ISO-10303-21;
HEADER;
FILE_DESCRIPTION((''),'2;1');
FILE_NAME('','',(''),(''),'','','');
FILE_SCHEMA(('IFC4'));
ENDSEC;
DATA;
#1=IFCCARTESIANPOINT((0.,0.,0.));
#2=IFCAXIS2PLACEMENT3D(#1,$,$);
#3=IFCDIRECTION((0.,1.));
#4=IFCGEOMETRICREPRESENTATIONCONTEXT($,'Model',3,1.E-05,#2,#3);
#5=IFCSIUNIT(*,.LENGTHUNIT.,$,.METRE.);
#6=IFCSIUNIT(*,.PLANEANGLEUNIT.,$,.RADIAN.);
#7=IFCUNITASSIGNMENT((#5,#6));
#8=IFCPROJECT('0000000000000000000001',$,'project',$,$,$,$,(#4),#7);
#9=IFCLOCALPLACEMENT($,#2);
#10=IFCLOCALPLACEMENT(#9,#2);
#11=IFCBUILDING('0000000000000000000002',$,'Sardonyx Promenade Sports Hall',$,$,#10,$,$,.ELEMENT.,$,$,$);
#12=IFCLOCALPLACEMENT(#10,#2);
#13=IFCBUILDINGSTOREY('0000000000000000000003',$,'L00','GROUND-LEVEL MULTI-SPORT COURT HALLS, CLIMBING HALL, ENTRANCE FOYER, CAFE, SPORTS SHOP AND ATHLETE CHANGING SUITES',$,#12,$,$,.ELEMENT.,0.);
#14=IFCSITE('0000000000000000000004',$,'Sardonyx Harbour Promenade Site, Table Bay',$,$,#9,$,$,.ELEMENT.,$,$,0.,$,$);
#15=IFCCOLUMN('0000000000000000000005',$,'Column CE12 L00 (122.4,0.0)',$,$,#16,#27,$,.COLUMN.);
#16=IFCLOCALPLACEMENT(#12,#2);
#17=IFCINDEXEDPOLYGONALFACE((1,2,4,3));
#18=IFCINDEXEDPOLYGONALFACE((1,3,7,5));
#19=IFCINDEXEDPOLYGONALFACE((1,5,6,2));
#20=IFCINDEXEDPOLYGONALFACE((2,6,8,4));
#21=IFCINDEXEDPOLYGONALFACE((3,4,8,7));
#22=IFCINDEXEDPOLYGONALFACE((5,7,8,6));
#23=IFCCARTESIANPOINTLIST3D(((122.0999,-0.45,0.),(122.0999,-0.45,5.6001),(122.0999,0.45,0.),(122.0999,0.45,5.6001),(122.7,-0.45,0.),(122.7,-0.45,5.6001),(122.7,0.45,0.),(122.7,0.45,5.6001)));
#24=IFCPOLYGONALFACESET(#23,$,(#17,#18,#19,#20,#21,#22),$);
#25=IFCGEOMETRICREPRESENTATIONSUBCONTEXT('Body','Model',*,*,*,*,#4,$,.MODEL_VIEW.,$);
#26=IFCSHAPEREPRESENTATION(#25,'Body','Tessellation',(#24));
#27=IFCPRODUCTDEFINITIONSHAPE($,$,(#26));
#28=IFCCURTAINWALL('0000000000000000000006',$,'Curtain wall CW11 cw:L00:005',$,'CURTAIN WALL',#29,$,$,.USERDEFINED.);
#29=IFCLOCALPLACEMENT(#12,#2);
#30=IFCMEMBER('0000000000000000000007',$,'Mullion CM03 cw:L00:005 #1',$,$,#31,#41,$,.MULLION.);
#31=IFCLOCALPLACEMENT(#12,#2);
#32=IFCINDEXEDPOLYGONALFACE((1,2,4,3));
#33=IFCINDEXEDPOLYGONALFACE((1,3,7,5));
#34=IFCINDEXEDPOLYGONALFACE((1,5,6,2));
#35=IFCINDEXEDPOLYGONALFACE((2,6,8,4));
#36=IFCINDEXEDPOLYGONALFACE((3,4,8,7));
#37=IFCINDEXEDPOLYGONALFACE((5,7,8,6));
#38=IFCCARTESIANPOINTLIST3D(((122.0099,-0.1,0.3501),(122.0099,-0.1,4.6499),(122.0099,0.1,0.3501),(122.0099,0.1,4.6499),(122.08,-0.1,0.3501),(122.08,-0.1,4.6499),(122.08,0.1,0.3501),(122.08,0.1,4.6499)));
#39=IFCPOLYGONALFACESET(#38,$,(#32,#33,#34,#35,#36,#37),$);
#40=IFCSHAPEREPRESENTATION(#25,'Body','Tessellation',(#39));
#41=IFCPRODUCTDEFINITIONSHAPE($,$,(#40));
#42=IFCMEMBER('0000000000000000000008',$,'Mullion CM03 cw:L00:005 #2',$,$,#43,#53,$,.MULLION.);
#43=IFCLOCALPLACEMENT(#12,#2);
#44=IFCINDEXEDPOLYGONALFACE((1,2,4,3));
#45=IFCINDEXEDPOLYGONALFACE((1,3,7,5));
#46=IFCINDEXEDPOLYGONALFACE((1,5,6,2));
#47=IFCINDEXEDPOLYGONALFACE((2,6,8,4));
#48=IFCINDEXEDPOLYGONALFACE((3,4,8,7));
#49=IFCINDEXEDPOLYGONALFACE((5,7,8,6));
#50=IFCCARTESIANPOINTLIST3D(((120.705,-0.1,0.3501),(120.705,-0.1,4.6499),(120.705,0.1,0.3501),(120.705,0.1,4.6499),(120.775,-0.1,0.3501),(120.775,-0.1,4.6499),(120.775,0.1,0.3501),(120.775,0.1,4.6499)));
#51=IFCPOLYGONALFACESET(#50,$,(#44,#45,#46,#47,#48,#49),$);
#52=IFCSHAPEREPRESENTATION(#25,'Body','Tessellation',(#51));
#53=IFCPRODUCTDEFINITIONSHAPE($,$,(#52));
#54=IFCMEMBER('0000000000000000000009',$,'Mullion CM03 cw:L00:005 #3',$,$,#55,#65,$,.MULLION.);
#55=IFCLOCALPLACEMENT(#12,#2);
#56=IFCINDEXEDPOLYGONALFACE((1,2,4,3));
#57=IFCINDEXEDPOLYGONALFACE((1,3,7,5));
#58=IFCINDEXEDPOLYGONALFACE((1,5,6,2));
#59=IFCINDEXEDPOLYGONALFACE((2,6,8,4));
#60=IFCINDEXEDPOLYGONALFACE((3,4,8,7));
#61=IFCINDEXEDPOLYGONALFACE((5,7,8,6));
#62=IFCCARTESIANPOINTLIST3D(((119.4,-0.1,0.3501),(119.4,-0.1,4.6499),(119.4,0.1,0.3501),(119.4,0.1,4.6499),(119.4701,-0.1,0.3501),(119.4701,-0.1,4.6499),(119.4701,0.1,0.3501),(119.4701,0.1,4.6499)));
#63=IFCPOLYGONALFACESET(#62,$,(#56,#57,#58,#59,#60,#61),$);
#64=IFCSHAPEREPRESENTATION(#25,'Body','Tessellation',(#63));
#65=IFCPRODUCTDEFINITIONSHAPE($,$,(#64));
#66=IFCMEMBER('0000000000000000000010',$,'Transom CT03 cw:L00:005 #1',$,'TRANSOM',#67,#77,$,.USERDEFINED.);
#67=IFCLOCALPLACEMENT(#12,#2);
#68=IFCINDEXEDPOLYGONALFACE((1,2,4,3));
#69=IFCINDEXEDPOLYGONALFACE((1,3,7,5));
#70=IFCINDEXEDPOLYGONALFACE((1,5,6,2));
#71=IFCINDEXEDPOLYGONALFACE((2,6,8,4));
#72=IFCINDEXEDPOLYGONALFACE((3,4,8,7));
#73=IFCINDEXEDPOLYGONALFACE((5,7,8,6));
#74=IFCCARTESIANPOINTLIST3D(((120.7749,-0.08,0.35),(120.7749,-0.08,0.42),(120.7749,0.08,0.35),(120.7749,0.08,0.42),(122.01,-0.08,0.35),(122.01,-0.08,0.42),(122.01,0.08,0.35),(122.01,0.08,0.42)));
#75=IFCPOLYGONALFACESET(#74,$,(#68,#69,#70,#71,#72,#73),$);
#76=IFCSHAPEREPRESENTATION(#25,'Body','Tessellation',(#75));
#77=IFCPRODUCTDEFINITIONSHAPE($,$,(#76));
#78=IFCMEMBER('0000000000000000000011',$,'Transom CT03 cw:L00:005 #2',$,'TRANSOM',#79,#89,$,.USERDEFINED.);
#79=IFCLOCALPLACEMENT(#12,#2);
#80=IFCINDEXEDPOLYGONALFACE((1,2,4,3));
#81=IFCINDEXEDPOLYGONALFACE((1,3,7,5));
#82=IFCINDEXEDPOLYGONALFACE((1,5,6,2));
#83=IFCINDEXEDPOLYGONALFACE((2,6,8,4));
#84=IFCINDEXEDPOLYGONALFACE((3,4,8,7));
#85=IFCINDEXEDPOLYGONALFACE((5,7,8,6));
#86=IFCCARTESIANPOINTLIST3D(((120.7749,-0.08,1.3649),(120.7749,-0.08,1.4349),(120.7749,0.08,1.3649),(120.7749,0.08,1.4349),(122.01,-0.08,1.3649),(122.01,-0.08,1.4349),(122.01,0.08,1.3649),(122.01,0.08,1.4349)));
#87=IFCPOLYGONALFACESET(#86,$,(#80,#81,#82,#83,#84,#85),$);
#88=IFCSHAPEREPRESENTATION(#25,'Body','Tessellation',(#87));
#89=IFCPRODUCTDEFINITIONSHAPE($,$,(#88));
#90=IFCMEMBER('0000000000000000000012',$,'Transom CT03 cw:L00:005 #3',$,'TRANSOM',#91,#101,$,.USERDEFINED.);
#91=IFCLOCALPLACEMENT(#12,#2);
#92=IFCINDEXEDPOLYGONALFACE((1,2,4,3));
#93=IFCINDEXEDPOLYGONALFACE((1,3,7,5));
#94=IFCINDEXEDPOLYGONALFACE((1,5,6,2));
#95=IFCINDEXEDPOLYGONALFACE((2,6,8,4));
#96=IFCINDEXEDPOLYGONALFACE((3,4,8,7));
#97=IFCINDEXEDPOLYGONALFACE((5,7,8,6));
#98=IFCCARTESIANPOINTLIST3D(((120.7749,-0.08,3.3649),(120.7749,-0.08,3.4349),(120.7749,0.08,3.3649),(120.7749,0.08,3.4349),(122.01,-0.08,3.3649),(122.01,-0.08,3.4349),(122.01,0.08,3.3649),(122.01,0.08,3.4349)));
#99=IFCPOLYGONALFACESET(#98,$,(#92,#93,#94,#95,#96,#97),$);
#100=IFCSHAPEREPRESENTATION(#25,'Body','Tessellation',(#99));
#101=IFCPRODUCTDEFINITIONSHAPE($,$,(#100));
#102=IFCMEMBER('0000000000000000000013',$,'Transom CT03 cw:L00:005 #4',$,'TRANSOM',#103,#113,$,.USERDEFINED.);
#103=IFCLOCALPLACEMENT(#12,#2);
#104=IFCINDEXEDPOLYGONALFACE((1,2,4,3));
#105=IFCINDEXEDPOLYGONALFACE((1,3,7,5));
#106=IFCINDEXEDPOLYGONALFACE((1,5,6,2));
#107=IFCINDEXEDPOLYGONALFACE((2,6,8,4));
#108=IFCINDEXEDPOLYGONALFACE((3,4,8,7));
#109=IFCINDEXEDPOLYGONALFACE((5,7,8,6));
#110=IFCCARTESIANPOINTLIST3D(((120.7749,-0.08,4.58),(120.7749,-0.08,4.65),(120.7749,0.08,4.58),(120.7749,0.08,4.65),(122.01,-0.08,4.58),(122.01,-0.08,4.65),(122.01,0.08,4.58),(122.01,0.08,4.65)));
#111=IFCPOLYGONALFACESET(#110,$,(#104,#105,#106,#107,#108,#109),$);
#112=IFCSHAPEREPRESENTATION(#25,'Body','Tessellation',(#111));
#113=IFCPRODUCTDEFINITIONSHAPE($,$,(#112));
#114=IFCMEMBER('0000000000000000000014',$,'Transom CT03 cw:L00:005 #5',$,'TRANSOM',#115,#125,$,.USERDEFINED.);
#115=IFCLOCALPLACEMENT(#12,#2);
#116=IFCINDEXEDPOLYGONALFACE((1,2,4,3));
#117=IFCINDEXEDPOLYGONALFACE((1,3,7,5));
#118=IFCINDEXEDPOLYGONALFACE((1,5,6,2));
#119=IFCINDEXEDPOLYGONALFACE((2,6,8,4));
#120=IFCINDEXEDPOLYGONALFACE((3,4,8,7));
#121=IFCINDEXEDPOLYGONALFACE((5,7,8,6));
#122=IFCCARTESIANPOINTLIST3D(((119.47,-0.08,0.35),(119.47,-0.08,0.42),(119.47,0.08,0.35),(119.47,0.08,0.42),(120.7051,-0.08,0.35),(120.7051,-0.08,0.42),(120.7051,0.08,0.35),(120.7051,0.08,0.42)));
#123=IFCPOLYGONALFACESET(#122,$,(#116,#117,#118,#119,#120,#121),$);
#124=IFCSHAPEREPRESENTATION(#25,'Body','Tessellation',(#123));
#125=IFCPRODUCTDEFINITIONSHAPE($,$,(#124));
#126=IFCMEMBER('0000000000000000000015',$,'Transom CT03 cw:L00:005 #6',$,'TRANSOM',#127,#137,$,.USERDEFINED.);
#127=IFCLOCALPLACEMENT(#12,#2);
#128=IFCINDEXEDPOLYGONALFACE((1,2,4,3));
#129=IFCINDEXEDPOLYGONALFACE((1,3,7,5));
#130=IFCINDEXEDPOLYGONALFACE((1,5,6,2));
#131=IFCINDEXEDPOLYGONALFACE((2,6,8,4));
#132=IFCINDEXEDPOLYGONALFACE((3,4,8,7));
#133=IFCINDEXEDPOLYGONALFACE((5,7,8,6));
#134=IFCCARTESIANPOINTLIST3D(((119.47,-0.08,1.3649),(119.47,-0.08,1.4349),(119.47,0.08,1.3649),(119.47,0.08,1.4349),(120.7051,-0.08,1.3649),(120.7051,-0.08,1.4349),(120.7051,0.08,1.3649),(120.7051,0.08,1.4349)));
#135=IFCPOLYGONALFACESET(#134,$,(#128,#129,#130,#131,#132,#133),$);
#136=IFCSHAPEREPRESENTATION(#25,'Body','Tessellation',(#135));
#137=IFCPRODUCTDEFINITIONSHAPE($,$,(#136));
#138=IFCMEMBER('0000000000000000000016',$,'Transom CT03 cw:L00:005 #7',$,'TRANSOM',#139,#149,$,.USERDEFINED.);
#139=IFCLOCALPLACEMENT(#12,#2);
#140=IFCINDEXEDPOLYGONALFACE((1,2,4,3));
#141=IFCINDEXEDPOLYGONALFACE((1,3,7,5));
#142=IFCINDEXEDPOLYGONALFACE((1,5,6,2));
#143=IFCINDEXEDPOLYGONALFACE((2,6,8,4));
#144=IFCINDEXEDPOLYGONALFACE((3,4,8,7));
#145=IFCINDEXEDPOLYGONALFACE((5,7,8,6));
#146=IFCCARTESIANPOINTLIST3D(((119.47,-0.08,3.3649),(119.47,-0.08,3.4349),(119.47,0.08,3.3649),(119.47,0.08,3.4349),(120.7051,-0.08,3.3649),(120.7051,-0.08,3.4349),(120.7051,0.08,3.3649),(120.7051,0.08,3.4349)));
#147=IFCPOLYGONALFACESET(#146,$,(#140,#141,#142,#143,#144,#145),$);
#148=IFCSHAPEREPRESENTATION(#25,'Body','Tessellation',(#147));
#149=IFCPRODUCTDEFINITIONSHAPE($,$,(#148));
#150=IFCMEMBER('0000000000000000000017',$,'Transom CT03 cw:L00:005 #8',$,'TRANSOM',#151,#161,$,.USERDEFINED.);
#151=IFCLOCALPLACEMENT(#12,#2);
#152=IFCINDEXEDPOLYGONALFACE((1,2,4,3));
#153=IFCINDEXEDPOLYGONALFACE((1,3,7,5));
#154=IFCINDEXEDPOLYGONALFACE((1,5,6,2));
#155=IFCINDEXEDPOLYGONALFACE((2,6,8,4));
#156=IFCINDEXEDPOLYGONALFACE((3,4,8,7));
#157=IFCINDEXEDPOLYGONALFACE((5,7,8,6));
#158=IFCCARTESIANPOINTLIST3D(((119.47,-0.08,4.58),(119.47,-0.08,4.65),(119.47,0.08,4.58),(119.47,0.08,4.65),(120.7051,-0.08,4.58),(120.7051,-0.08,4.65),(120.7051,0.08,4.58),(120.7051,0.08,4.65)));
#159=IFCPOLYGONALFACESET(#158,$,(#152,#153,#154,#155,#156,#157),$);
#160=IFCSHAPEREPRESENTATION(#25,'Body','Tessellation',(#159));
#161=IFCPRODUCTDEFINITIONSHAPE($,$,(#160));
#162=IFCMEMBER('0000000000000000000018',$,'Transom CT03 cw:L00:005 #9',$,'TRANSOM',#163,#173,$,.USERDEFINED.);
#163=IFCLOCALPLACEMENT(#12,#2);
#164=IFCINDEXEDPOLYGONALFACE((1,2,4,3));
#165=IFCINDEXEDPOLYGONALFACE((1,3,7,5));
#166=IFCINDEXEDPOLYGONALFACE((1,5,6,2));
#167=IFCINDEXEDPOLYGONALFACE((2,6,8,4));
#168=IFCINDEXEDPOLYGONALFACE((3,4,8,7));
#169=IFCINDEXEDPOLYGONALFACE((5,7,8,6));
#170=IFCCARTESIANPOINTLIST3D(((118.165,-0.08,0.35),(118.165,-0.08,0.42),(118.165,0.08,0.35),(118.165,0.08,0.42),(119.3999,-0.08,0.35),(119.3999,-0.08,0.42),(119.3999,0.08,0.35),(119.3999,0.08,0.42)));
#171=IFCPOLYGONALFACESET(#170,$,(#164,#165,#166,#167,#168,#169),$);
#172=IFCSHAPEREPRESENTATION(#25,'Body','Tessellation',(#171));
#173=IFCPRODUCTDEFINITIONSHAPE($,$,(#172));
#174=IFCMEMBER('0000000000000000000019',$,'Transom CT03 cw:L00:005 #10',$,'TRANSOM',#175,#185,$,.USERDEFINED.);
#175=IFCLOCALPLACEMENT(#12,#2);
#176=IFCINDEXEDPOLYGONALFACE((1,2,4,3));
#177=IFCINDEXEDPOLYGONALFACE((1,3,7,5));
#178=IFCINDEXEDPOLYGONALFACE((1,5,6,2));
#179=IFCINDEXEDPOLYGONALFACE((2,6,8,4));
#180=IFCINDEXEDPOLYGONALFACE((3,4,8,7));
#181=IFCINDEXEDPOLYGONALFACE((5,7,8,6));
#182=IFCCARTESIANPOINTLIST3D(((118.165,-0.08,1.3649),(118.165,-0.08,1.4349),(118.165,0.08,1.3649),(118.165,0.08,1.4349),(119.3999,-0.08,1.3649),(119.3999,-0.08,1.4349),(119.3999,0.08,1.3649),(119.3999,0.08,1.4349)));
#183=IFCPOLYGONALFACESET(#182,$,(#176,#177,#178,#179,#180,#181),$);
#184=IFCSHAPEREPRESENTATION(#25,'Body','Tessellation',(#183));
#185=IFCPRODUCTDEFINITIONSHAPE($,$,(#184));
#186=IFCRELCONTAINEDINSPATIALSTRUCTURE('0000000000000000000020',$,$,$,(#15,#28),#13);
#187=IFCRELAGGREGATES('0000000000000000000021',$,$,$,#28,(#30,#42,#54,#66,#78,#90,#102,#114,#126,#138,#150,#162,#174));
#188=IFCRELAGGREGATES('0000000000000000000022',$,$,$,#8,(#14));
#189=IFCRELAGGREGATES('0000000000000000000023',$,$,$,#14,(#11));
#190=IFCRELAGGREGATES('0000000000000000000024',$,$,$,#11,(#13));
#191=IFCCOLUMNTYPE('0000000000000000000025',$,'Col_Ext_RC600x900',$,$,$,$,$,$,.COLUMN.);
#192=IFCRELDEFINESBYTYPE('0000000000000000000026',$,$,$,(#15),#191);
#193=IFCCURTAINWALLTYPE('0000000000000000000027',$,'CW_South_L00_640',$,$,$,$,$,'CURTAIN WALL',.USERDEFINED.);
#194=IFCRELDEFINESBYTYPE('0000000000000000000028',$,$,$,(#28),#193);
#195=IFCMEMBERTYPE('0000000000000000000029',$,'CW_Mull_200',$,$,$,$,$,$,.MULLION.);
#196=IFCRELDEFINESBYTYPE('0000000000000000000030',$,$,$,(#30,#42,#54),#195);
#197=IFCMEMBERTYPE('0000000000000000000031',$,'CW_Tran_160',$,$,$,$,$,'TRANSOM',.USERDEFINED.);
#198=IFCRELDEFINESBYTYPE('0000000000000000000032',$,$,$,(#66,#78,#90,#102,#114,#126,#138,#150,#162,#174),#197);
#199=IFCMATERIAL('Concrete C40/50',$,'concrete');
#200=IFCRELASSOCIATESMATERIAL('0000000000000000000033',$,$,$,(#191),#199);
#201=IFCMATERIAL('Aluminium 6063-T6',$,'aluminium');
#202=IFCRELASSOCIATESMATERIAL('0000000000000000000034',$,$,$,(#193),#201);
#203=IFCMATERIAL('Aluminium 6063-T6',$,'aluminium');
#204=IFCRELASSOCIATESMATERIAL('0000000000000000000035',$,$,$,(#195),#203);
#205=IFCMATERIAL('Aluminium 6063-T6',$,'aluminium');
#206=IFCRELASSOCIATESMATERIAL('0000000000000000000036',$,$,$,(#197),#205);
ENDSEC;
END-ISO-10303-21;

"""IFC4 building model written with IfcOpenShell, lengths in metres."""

from ifc_helpers import new_model, si_unit, direction, frame, origin, origin_2d, place, context, subcontext, project, spatial, rectangle, extrude, material, material_profile, profile_set, type_object, element, aggregate, save


model = new_model("IFC4")

# Units and contexts
model_context = context("Model", 3, precision=1e-05, world=origin(), true_north=direction((0.0, 1.0)))
body_context = subcontext(model_context, "Body", "Model", "MODEL_VIEW")
ifc_project = project(units=[si_unit("LENGTHUNIT", "METRE"), si_unit("PLANEANGLEUNIT", "RADIAN")], contexts=[model_context])

# Site, building, storey
site_placement = place(None, origin())
site = spatial("IfcSite", under=ifc_project, at=site_placement, Name="Sardonyx Harbour Promenade Site, Table Bay", CompositionType="ELEMENT", RefElevation=0.0)
building_placement = place(site_placement, origin())
building = spatial("IfcBuilding", under=site, at=building_placement, Name="Sardonyx Promenade Sports Hall", CompositionType="ELEMENT")
storey_placement = place(building_placement, origin())
storey = spatial("IfcBuildingStorey", under=building, at=storey_placement, Name="L00", Description="GROUND-LEVEL MULTI-SPORT COURT HALLS, CLIMBING HALL, ENTRANCE FOYER, CAFE, SPORTS SHOP AND ATHLETE CHANGING SUITES", CompositionType="ELEMENT", Elevation=0.0)

# Column
ifc_material_1 = material(Name="Concrete C40/50", Category="concrete")
ifc_material_profile_1 = material_profile(ifc_material_1, rectangle(XDim=0.6001, YDim=0.8999, at=origin_2d()))
ifc_profile_set_1 = profile_set([ifc_material_profile_1], Name="Concrete C40/50")
column_type = type_object("IfcColumnType", Name="Col_Ext_RC600x900", PredefinedType="COLUMN", material=ifc_profile_set_1)
column_placement = place(storey_placement, frame((122.3999, 0.0, 0.0), z_axis=(0.0, 0.0, 1.0), x_axis=(1.0, 0.0, 0.0)))
element("IfcColumn", 1, at=column_placement, inside=storey, type_object=column_type, Name="Column CE12 L00 (122.4,0.0)", PredefinedType="COLUMN", context=body_context, shape_type="SweptSolid", body=[
    extrude(rectangle(XDim=0.6001, YDim=0.8999, at=origin_2d()), origin(), (0.0, 0.0, 1.0), 5.6001),
])

# Curtain wall, members
ifc_material_2 = material(Name="Aluminium 6063-T6", Category="aluminium")
curtain_wall_type = type_object("IfcCurtainWallType", Name="CW_South_L00_640", ElementType="CURTAIN WALL", PredefinedType="USERDEFINED", material=ifc_material_2)
curtain_wall_placement = place(storey_placement, origin())
curtain_wall = element("IfcCurtainWall", 2, at=curtain_wall_placement, inside=storey, type_object=curtain_wall_type, Name="Curtain wall CW11 cw:L00:005", ObjectType="CURTAIN WALL", PredefinedType="USERDEFINED")
ifc_material_3 = material(Name="Aluminium 6063-T6", Category="aluminium")
ifc_material_profile_2 = material_profile(ifc_material_3, rectangle(XDim=0.0701, YDim=0.2, at=origin_2d()))
ifc_profile_set_2 = profile_set([ifc_material_profile_2], Name="Aluminium 6063-T6")
member_type_1 = type_object("IfcMemberType", Name="CW_Mull_200", PredefinedType="MULLION", material=ifc_profile_set_2)
member_1_placement = place(storey_placement, frame((122.0449, 0.0, 0.3501), z_axis=(0.0, 0.0, 1.0), x_axis=(-1.0, 0.0, 0.0)))
member_1 = element("IfcMember", 3, at=member_1_placement, type_object=member_type_1, Name="Mullion CM03 cw:L00:005 #1", PredefinedType="MULLION", context=body_context, shape_type="SweptSolid", body=[
    extrude(rectangle(XDim=0.0701, YDim=0.2, at=origin_2d()), origin(), (0.0, 0.0, 1.0), 4.2998),
])
member_2_placement = place(storey_placement, frame((120.74, 0.0, 0.3501), z_axis=(0.0, 0.0, 1.0), x_axis=(-1.0, 0.0, 0.0)))
member_2 = element("IfcMember", 4, at=member_2_placement, type_object=member_type_1, Name="Mullion CM03 cw:L00:005 #2", PredefinedType="MULLION", context=body_context, shape_type="SweptSolid", body=[
    extrude(rectangle(XDim=0.0701, YDim=0.2, at=origin_2d()), origin(), (0.0, 0.0, 1.0), 4.2998),
])
member_3_placement = place(storey_placement, frame((119.4351, 0.0, 0.3501), z_axis=(0.0, 0.0, 1.0), x_axis=(-1.0, 0.0, 0.0)))
member_3 = element("IfcMember", 5, at=member_3_placement, type_object=member_type_1, Name="Mullion CM03 cw:L00:005 #3", PredefinedType="MULLION", context=body_context, shape_type="SweptSolid", body=[
    extrude(rectangle(XDim=0.0701, YDim=0.2, at=origin_2d()), origin(), (0.0, 0.0, 1.0), 4.2998),
])
ifc_material_4 = material(Name="Aluminium 6063-T6", Category="aluminium")
ifc_material_profile_3 = material_profile(ifc_material_4, rectangle(XDim=0.0701, YDim=0.1599, at=origin_2d()))
ifc_profile_set_3 = profile_set([ifc_material_profile_3], Name="Aluminium 6063-T6")
member_type_2 = type_object("IfcMemberType", Name="CW_Tran_160", ElementType="TRANSOM", PredefinedType="USERDEFINED", material=ifc_profile_set_3)
member_4_placement = place(storey_placement, frame((122.01, 0.0, 0.385), z_axis=(-1.0, 0.0, 0.0), x_axis=(0.0, 0.0, 1.0)))
member_4 = element("IfcMember", 6, at=member_4_placement, type_object=member_type_2, Name="Transom CT03 cw:L00:005 #1", ObjectType="TRANSOM", PredefinedType="USERDEFINED", context=body_context, shape_type="SweptSolid", body=[
    extrude(rectangle(XDim=0.0701, YDim=0.1599, at=origin_2d()), origin(), (0.0, 0.0, 1.0), 1.2351),
])
member_5_placement = place(storey_placement, frame((122.01, 0.0, 1.3999), z_axis=(-1.0, 0.0, 0.0), x_axis=(0.0, 0.0, 1.0)))
member_5 = element("IfcMember", 7, at=member_5_placement, type_object=member_type_2, Name="Transom CT03 cw:L00:005 #2", ObjectType="TRANSOM", PredefinedType="USERDEFINED", context=body_context, shape_type="SweptSolid", body=[
    extrude(rectangle(XDim=0.0701, YDim=0.1599, at=origin_2d()), origin(), (0.0, 0.0, 1.0), 1.2351),
])
member_6_placement = place(storey_placement, frame((122.01, 0.0, 3.3999), z_axis=(-1.0, 0.0, 0.0), x_axis=(0.0, 0.0, 1.0)))
member_6 = element("IfcMember", 8, at=member_6_placement, type_object=member_type_2, Name="Transom CT03 cw:L00:005 #3", ObjectType="TRANSOM", PredefinedType="USERDEFINED", context=body_context, shape_type="SweptSolid", body=[
    extrude(rectangle(XDim=0.0701, YDim=0.1599, at=origin_2d()), origin(), (0.0, 0.0, 1.0), 1.2351),
])
member_7_placement = place(storey_placement, frame((122.01, 0.0, 4.615), z_axis=(-1.0, 0.0, 0.0), x_axis=(0.0, 0.0, 1.0)))
member_7 = element("IfcMember", 9, at=member_7_placement, type_object=member_type_2, Name="Transom CT03 cw:L00:005 #4", ObjectType="TRANSOM", PredefinedType="USERDEFINED", context=body_context, shape_type="SweptSolid", body=[
    extrude(rectangle(XDim=0.0701, YDim=0.1599, at=origin_2d()), origin(), (0.0, 0.0, 1.0), 1.2351),
])
member_8_placement = place(storey_placement, frame((120.7051, 0.0, 0.385), z_axis=(-1.0, 0.0, 0.0), x_axis=(0.0, 0.0, 1.0)))
member_8 = element("IfcMember", 10, at=member_8_placement, type_object=member_type_2, Name="Transom CT03 cw:L00:005 #5", ObjectType="TRANSOM", PredefinedType="USERDEFINED", context=body_context, shape_type="SweptSolid", body=[
    extrude(rectangle(XDim=0.0701, YDim=0.1599, at=origin_2d()), origin(), (0.0, 0.0, 1.0), 1.2351),
])
member_9_placement = place(storey_placement, frame((120.7051, 0.0, 1.3999), z_axis=(-1.0, 0.0, 0.0), x_axis=(0.0, 0.0, 1.0)))
member_9 = element("IfcMember", 11, at=member_9_placement, type_object=member_type_2, Name="Transom CT03 cw:L00:005 #6", ObjectType="TRANSOM", PredefinedType="USERDEFINED", context=body_context, shape_type="SweptSolid", body=[
    extrude(rectangle(XDim=0.0701, YDim=0.1599, at=origin_2d()), origin(), (0.0, 0.0, 1.0), 1.2351),
])
member_10_placement = place(storey_placement, frame((120.7051, 0.0, 3.3999), z_axis=(-1.0, 0.0, 0.0), x_axis=(0.0, 0.0, 1.0)))
member_10 = element("IfcMember", 12, at=member_10_placement, type_object=member_type_2, Name="Transom CT03 cw:L00:005 #7", ObjectType="TRANSOM", PredefinedType="USERDEFINED", context=body_context, shape_type="SweptSolid", body=[
    extrude(rectangle(XDim=0.0701, YDim=0.1599, at=origin_2d()), origin(), (0.0, 0.0, 1.0), 1.2351),
])
member_11_placement = place(storey_placement, frame((120.7051, 0.0, 4.615), z_axis=(-1.0, 0.0, 0.0), x_axis=(0.0, 0.0, 1.0)))
member_11 = element("IfcMember", 13, at=member_11_placement, type_object=member_type_2, Name="Transom CT03 cw:L00:005 #8", ObjectType="TRANSOM", PredefinedType="USERDEFINED", context=body_context, shape_type="SweptSolid", body=[
    extrude(rectangle(XDim=0.0701, YDim=0.1599, at=origin_2d()), origin(), (0.0, 0.0, 1.0), 1.2351),
])
member_12_placement = place(storey_placement, frame((119.3999, 0.0, 0.385), z_axis=(-1.0, 0.0, 0.0), x_axis=(0.0, 0.0, 1.0)))
member_12 = element("IfcMember", 14, at=member_12_placement, type_object=member_type_2, Name="Transom CT03 cw:L00:005 #9", ObjectType="TRANSOM", PredefinedType="USERDEFINED", context=body_context, shape_type="SweptSolid", body=[
    extrude(rectangle(XDim=0.0701, YDim=0.1599, at=origin_2d()), origin(), (0.0, 0.0, 1.0), 1.2349),
])
member_13_placement = place(storey_placement, frame((119.3999, 0.0, 1.3999), z_axis=(-1.0, 0.0, 0.0), x_axis=(0.0, 0.0, 1.0)))
member_13 = element("IfcMember", 15, at=member_13_placement, type_object=member_type_2, Name="Transom CT03 cw:L00:005 #10", ObjectType="TRANSOM", PredefinedType="USERDEFINED", context=body_context, shape_type="SweptSolid", body=[
    extrude(rectangle(XDim=0.0701, YDim=0.1599, at=origin_2d()), origin(), (0.0, 0.0, 1.0), 1.2349),
])
aggregate(curtain_wall, [member_1, member_2, member_3, member_4, member_5, member_6, member_7, member_8, member_9, member_10, member_11, member_12, member_13])

save(model, "model.ifc")
